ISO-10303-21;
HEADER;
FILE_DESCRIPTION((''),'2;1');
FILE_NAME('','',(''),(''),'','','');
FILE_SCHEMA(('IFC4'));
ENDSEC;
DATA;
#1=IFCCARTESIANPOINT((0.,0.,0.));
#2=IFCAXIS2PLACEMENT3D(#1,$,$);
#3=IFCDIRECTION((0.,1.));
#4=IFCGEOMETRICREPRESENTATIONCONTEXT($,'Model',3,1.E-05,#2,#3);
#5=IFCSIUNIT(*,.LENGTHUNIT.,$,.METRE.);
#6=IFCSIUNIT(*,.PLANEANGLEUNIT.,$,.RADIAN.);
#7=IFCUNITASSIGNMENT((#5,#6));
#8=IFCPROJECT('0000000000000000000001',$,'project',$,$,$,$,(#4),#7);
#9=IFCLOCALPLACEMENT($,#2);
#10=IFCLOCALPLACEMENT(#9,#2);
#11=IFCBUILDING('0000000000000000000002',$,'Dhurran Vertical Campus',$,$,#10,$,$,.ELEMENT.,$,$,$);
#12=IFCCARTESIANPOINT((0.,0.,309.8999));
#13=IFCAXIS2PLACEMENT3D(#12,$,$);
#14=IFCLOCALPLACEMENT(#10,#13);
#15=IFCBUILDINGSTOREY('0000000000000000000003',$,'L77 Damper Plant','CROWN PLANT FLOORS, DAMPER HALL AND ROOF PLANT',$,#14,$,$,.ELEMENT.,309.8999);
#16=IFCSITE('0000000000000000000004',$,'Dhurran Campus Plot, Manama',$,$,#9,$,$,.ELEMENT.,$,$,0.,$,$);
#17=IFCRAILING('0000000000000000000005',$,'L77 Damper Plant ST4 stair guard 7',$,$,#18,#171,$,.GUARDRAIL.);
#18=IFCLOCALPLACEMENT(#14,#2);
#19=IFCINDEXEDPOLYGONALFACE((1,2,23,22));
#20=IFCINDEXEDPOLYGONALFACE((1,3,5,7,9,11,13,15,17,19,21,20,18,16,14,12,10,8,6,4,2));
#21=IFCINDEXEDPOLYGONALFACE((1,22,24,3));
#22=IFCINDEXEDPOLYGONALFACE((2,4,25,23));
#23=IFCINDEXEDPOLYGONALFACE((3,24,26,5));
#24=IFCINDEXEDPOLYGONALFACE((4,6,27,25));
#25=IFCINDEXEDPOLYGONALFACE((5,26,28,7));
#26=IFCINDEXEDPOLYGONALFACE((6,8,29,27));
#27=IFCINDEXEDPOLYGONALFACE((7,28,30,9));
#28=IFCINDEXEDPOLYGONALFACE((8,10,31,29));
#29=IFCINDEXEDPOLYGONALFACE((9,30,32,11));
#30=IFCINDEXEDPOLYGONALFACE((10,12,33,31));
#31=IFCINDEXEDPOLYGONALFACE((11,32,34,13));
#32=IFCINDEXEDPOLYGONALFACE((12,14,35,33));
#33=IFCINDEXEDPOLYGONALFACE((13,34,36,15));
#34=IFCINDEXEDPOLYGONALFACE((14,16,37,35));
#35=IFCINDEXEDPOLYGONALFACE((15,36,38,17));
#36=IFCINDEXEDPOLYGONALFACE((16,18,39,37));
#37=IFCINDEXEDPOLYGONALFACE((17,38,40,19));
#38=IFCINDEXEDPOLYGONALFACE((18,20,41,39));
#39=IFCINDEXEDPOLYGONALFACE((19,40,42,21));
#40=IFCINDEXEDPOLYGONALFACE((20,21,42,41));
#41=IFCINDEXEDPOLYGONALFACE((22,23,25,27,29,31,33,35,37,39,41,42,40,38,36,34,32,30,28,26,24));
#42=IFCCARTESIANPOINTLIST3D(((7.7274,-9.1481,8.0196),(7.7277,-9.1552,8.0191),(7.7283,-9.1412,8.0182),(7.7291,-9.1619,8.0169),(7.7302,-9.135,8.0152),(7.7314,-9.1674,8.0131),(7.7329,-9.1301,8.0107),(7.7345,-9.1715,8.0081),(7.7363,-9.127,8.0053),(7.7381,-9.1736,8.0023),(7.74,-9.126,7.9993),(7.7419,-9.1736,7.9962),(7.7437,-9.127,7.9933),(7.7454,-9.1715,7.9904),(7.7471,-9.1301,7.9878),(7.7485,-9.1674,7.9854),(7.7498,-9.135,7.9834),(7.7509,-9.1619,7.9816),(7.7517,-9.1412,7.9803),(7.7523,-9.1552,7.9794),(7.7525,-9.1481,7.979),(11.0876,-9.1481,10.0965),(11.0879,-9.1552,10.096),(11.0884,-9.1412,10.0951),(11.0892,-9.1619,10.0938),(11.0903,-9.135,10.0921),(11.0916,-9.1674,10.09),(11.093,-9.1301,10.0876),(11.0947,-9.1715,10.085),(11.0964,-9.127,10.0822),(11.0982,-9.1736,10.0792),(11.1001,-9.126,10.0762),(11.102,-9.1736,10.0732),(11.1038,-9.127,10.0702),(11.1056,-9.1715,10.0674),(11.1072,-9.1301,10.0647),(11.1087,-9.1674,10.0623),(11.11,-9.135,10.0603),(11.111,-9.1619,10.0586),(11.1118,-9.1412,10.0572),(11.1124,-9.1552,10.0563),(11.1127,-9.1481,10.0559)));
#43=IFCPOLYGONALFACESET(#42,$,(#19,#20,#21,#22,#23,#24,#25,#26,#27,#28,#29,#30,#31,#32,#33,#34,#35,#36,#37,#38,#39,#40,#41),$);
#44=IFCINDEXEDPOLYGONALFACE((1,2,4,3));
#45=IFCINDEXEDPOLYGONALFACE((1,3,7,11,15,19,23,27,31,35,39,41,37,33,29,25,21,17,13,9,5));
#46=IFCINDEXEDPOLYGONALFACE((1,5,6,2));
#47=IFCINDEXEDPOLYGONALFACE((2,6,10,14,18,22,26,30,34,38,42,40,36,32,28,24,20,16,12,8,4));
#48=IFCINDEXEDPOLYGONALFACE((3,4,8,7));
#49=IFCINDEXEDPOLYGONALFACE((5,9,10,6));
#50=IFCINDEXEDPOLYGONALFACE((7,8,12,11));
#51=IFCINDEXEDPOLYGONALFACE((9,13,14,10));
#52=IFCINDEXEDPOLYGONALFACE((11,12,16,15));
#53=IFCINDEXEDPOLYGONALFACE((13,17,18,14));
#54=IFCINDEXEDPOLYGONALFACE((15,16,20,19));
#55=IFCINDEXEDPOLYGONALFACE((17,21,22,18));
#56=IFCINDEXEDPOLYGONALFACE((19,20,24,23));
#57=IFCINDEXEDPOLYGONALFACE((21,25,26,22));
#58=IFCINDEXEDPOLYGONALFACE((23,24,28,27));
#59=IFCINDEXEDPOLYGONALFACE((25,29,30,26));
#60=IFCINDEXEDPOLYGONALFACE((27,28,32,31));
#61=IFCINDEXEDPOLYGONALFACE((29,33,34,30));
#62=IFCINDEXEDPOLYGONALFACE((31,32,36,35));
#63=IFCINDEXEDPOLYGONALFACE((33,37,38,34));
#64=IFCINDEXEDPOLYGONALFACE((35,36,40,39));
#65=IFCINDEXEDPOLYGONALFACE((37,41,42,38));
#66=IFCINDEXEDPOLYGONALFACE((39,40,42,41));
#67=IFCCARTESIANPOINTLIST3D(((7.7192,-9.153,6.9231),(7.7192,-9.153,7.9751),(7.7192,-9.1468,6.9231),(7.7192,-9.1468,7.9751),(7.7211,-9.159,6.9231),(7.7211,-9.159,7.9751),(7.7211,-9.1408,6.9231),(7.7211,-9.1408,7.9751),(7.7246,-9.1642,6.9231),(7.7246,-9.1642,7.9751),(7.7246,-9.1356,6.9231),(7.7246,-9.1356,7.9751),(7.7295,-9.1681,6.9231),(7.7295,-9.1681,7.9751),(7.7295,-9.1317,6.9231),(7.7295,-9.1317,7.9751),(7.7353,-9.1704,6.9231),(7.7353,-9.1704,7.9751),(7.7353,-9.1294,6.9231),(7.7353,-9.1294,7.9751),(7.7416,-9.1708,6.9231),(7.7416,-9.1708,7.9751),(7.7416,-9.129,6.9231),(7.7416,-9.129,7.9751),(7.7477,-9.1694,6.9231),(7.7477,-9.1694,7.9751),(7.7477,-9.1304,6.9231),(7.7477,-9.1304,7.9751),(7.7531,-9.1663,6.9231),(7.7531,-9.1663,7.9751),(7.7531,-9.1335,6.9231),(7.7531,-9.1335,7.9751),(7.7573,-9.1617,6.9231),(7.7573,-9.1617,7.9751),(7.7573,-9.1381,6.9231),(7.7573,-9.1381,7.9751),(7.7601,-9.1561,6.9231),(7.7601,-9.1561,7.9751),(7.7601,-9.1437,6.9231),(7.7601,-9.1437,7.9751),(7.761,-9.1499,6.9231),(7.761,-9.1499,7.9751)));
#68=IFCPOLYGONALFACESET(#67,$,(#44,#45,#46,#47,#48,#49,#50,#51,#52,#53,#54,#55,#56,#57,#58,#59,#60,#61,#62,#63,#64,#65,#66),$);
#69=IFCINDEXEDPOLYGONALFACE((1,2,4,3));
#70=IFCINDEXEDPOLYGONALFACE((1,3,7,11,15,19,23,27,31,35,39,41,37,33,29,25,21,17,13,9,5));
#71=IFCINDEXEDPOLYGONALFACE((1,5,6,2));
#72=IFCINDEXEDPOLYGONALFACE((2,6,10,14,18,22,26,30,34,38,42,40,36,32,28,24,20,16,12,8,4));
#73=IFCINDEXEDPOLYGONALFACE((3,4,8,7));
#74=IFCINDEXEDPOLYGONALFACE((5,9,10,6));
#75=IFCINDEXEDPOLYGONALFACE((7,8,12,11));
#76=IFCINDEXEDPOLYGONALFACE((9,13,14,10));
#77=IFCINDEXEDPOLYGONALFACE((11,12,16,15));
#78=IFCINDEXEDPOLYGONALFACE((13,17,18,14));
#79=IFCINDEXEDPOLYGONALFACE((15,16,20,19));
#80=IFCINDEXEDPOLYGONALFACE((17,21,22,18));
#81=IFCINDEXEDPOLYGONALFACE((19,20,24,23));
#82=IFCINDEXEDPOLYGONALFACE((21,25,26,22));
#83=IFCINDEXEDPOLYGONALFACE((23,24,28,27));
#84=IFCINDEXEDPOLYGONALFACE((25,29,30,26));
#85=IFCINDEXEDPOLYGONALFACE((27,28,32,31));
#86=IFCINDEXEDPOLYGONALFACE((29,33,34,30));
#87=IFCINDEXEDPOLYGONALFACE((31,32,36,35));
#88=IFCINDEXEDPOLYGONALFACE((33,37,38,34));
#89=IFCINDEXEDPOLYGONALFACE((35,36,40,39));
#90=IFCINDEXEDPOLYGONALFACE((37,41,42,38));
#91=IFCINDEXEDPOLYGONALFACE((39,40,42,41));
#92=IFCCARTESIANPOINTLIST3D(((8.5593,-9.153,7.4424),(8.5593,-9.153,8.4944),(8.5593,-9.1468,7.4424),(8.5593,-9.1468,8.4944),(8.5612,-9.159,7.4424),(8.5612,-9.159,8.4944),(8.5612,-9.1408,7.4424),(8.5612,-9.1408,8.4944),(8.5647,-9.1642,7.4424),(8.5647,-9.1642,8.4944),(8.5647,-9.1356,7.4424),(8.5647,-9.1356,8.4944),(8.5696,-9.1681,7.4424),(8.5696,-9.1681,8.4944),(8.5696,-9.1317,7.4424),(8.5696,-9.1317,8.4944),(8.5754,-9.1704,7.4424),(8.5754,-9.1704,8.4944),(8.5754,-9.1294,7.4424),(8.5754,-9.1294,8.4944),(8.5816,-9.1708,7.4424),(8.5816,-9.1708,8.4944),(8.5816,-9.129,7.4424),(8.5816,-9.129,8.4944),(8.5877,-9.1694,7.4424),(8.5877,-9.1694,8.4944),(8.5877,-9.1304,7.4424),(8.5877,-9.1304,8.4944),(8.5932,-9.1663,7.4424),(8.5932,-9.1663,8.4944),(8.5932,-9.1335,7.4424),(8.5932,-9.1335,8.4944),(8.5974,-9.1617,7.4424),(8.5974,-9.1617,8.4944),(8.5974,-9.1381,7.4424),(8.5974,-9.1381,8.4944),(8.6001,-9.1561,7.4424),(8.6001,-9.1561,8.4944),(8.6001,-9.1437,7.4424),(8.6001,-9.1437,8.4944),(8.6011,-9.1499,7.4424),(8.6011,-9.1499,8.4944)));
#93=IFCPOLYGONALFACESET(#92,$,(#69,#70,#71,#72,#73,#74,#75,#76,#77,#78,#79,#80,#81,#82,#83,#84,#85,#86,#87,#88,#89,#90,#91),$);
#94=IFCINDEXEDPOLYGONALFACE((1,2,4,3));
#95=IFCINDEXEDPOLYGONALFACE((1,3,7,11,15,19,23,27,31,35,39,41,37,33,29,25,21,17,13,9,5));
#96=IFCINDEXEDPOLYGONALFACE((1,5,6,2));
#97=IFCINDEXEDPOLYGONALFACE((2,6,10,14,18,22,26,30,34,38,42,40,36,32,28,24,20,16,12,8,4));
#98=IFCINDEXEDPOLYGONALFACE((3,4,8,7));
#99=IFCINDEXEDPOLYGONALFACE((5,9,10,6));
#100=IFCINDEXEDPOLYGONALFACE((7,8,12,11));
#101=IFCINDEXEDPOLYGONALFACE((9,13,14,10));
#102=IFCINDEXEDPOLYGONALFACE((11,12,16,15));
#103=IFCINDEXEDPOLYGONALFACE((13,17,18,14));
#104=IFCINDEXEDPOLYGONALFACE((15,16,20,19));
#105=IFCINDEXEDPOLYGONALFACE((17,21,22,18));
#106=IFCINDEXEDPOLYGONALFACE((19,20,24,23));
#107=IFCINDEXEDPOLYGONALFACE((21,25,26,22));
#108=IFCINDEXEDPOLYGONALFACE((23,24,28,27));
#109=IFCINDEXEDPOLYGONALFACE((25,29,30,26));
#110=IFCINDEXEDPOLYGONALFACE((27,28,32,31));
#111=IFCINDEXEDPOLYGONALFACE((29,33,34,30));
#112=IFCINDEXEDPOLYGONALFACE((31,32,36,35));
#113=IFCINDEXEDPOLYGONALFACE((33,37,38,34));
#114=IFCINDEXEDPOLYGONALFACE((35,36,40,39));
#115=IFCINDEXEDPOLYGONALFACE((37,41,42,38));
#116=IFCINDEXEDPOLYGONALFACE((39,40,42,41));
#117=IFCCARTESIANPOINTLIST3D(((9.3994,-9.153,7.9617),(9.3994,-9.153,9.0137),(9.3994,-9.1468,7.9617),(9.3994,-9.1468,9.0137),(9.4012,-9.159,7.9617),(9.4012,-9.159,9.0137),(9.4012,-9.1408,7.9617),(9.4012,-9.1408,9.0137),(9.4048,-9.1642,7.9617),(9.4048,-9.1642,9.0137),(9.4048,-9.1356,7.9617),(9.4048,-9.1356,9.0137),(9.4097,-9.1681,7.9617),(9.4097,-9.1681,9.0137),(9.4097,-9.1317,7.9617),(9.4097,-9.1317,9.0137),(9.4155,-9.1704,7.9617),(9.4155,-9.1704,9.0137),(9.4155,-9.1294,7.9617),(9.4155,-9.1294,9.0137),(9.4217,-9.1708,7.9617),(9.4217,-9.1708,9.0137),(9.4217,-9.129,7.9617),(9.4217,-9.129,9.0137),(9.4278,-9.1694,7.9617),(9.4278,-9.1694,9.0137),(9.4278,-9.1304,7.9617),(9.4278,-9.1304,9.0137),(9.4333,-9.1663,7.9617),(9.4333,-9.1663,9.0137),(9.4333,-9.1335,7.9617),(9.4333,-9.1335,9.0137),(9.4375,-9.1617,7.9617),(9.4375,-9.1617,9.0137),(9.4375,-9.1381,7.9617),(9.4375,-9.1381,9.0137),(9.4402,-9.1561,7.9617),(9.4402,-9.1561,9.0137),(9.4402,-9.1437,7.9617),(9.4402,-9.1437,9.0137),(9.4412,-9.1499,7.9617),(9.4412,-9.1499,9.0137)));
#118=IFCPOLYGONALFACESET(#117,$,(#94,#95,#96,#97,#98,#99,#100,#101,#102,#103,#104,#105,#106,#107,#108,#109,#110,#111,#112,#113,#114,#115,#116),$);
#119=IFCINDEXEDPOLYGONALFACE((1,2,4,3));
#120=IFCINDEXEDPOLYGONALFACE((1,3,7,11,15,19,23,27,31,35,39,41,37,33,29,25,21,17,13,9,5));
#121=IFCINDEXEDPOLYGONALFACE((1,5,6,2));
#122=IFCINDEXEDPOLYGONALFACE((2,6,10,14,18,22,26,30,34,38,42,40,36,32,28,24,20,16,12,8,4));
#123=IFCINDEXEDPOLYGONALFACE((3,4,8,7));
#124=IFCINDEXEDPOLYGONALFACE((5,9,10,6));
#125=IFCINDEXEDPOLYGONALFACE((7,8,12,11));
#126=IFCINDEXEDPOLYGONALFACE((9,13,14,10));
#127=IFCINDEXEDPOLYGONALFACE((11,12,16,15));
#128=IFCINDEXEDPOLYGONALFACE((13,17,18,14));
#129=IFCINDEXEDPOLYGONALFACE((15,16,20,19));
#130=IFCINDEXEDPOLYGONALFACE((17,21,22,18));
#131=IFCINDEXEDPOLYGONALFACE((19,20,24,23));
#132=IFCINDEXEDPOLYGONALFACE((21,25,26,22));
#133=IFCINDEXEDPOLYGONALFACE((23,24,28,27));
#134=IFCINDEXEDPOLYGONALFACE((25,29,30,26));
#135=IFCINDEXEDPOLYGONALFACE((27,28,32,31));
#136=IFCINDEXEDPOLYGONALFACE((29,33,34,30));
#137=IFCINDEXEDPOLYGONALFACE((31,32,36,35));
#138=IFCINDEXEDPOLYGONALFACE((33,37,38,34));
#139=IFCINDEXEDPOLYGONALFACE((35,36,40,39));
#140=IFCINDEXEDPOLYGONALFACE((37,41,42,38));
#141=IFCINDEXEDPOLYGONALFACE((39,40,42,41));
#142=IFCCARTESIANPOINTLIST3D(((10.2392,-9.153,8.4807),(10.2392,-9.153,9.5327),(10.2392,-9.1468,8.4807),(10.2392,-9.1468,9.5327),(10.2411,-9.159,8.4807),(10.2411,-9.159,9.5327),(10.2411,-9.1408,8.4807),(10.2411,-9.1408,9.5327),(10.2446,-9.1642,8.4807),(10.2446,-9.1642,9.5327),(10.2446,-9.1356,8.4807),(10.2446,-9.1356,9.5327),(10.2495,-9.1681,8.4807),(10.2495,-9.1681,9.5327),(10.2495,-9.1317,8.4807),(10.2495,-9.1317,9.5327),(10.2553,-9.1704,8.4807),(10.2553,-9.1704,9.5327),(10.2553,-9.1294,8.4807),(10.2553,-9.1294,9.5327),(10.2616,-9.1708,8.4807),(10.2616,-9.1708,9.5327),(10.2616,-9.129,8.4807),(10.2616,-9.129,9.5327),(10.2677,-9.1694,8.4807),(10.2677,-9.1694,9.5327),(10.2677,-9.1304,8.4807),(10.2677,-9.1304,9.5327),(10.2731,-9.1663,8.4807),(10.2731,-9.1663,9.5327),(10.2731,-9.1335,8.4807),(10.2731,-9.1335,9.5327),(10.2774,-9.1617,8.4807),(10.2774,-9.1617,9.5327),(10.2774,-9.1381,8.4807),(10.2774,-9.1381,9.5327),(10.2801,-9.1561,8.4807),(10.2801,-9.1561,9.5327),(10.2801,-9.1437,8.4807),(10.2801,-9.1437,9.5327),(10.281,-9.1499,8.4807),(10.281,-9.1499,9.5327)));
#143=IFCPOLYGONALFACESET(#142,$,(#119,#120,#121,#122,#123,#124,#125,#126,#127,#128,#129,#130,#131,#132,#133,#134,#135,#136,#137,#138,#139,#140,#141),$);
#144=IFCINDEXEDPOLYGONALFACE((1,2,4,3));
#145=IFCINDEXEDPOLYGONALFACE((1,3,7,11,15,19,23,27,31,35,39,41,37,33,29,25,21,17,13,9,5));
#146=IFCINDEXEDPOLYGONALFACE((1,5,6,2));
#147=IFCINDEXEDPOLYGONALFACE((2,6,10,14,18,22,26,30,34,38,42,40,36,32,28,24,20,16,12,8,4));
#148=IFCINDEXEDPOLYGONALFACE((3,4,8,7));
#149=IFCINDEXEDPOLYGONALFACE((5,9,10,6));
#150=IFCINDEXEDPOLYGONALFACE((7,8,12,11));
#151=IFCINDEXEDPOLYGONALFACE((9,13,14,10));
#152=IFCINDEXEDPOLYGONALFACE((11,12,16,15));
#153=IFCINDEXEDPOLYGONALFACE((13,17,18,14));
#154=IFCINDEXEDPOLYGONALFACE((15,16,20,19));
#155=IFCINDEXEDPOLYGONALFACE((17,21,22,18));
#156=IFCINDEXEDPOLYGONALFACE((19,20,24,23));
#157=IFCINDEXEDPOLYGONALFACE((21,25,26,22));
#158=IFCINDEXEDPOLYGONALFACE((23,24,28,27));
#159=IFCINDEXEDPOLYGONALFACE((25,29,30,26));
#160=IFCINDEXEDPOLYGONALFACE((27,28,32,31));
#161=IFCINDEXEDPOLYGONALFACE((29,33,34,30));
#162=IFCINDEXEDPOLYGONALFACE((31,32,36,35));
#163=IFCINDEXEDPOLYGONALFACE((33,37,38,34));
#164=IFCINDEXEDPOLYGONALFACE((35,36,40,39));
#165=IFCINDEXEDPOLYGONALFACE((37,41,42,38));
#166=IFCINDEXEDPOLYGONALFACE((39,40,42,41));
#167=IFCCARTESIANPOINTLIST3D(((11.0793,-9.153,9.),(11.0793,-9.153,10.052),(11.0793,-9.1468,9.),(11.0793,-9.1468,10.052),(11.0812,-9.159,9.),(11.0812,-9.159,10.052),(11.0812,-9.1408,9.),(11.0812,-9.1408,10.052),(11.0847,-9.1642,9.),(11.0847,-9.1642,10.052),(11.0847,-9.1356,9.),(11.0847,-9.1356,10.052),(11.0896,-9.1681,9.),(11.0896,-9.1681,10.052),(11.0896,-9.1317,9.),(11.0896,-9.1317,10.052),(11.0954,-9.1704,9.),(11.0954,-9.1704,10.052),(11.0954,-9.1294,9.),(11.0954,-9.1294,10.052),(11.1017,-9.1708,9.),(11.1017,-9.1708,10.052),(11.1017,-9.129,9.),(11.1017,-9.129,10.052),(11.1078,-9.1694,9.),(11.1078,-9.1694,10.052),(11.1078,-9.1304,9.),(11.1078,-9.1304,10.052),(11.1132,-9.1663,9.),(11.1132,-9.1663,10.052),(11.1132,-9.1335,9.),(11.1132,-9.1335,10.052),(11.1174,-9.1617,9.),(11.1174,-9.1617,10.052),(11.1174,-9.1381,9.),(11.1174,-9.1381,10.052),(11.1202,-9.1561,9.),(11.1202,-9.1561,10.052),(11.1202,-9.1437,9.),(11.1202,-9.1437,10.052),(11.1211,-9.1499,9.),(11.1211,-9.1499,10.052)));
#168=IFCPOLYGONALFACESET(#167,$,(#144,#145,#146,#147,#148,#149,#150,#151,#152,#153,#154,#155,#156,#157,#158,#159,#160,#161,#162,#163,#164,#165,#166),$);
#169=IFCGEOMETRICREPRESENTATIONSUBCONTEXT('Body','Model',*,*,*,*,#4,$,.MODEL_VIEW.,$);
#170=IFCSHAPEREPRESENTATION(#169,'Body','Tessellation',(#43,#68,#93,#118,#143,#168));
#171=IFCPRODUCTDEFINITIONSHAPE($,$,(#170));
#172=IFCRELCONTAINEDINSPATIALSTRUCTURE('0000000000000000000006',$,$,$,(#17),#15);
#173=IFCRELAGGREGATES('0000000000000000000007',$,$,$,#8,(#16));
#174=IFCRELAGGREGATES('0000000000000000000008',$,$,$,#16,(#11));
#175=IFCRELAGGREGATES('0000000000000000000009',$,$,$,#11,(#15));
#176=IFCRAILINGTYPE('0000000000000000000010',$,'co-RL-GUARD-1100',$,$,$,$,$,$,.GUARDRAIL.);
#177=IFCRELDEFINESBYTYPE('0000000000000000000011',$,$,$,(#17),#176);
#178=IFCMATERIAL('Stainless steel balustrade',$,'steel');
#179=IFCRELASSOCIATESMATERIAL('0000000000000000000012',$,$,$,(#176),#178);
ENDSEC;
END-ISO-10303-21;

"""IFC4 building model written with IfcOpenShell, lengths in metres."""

from ifc_helpers import new_model, si_unit, direction, frame, origin, origin_2d, place, context, subcontext, project, spatial, circle, extrude, material, type_object, element, save


model = new_model("IFC4")

# Units and contexts
model_context = context("Model", 3, precision=1e-05, world=origin(), true_north=direction((0.0, 1.0)))
body_context = subcontext(model_context, "Body", "Model", "MODEL_VIEW")
ifc_project = project(units=[si_unit("LENGTHUNIT", "METRE"), si_unit("PLANEANGLEUNIT", "RADIAN")], contexts=[model_context])

# Site, building, storey
site_placement = place(None, origin())
site = spatial("IfcSite", under=ifc_project, at=site_placement, Name="Dhurran Campus Plot, Manama", CompositionType="ELEMENT", RefElevation=0.0)
building_placement = place(site_placement, origin())
building = spatial("IfcBuilding", under=site, at=building_placement, Name="Dhurran Vertical Campus", CompositionType="ELEMENT")
storey_placement = place(building_placement, frame((0.0, 0.0, 309.8999)))
storey = spatial("IfcBuildingStorey", under=building, at=storey_placement, Name="L77 Damper Plant", Description="CROWN PLANT FLOORS, DAMPER HALL AND ROOF PLANT", CompositionType="ELEMENT", Elevation=309.8999)

# Railing
ifc_material_1 = material(Name="Stainless steel balustrade", Category="steel")
railing_type = type_object("IfcRailingType", Name="co-RL-GUARD-1100", PredefinedType="GUARDRAIL", material=ifc_material_1)
railing_1_placement = place(storey_placement, frame((7.74, -9.1499, 6.9231)))
element("IfcRailing", 1, at=railing_1_placement, inside=storey, type_object=railing_type, Name="L77 Damper Plant ST4 stair guard 7", PredefinedType="GUARDRAIL", context=body_context, shape_type="SweptSolid", body=[
    extrude(circle(Radius=0.0239, at=origin_2d()), frame((0.0, 0.0, 1.0762), z_axis=(0.850623, 0.0, 0.525776), x_axis=(0.0, 1.0, 0.0)), (0.0, 0.0, 1.0), 3.9502),
    extrude(circle(Radius=0.021, at=origin_2d()), origin(), (0.0, 0.0, 1.0), 1.052),
    extrude(circle(Radius=0.021, at=origin_2d()), frame((0.8401, 0.0, 0.5193)), (0.0, 0.0, 1.0), 1.052),
    extrude(circle(Radius=0.021, at=origin_2d()), frame((1.6802, 0.0, 1.0386)), (0.0, 0.0, 1.0), 1.052),
    extrude(circle(Radius=0.021, at=origin_2d()), frame((2.52, 0.0, 1.5576)), (0.0, 0.0, 1.0), 1.052),
    extrude(circle(Radius=0.021, at=origin_2d()), frame((3.3601, 0.0, 2.0769)), (0.0, 0.0, 1.0), 1.052),
])

save(model, "model.ifc")
